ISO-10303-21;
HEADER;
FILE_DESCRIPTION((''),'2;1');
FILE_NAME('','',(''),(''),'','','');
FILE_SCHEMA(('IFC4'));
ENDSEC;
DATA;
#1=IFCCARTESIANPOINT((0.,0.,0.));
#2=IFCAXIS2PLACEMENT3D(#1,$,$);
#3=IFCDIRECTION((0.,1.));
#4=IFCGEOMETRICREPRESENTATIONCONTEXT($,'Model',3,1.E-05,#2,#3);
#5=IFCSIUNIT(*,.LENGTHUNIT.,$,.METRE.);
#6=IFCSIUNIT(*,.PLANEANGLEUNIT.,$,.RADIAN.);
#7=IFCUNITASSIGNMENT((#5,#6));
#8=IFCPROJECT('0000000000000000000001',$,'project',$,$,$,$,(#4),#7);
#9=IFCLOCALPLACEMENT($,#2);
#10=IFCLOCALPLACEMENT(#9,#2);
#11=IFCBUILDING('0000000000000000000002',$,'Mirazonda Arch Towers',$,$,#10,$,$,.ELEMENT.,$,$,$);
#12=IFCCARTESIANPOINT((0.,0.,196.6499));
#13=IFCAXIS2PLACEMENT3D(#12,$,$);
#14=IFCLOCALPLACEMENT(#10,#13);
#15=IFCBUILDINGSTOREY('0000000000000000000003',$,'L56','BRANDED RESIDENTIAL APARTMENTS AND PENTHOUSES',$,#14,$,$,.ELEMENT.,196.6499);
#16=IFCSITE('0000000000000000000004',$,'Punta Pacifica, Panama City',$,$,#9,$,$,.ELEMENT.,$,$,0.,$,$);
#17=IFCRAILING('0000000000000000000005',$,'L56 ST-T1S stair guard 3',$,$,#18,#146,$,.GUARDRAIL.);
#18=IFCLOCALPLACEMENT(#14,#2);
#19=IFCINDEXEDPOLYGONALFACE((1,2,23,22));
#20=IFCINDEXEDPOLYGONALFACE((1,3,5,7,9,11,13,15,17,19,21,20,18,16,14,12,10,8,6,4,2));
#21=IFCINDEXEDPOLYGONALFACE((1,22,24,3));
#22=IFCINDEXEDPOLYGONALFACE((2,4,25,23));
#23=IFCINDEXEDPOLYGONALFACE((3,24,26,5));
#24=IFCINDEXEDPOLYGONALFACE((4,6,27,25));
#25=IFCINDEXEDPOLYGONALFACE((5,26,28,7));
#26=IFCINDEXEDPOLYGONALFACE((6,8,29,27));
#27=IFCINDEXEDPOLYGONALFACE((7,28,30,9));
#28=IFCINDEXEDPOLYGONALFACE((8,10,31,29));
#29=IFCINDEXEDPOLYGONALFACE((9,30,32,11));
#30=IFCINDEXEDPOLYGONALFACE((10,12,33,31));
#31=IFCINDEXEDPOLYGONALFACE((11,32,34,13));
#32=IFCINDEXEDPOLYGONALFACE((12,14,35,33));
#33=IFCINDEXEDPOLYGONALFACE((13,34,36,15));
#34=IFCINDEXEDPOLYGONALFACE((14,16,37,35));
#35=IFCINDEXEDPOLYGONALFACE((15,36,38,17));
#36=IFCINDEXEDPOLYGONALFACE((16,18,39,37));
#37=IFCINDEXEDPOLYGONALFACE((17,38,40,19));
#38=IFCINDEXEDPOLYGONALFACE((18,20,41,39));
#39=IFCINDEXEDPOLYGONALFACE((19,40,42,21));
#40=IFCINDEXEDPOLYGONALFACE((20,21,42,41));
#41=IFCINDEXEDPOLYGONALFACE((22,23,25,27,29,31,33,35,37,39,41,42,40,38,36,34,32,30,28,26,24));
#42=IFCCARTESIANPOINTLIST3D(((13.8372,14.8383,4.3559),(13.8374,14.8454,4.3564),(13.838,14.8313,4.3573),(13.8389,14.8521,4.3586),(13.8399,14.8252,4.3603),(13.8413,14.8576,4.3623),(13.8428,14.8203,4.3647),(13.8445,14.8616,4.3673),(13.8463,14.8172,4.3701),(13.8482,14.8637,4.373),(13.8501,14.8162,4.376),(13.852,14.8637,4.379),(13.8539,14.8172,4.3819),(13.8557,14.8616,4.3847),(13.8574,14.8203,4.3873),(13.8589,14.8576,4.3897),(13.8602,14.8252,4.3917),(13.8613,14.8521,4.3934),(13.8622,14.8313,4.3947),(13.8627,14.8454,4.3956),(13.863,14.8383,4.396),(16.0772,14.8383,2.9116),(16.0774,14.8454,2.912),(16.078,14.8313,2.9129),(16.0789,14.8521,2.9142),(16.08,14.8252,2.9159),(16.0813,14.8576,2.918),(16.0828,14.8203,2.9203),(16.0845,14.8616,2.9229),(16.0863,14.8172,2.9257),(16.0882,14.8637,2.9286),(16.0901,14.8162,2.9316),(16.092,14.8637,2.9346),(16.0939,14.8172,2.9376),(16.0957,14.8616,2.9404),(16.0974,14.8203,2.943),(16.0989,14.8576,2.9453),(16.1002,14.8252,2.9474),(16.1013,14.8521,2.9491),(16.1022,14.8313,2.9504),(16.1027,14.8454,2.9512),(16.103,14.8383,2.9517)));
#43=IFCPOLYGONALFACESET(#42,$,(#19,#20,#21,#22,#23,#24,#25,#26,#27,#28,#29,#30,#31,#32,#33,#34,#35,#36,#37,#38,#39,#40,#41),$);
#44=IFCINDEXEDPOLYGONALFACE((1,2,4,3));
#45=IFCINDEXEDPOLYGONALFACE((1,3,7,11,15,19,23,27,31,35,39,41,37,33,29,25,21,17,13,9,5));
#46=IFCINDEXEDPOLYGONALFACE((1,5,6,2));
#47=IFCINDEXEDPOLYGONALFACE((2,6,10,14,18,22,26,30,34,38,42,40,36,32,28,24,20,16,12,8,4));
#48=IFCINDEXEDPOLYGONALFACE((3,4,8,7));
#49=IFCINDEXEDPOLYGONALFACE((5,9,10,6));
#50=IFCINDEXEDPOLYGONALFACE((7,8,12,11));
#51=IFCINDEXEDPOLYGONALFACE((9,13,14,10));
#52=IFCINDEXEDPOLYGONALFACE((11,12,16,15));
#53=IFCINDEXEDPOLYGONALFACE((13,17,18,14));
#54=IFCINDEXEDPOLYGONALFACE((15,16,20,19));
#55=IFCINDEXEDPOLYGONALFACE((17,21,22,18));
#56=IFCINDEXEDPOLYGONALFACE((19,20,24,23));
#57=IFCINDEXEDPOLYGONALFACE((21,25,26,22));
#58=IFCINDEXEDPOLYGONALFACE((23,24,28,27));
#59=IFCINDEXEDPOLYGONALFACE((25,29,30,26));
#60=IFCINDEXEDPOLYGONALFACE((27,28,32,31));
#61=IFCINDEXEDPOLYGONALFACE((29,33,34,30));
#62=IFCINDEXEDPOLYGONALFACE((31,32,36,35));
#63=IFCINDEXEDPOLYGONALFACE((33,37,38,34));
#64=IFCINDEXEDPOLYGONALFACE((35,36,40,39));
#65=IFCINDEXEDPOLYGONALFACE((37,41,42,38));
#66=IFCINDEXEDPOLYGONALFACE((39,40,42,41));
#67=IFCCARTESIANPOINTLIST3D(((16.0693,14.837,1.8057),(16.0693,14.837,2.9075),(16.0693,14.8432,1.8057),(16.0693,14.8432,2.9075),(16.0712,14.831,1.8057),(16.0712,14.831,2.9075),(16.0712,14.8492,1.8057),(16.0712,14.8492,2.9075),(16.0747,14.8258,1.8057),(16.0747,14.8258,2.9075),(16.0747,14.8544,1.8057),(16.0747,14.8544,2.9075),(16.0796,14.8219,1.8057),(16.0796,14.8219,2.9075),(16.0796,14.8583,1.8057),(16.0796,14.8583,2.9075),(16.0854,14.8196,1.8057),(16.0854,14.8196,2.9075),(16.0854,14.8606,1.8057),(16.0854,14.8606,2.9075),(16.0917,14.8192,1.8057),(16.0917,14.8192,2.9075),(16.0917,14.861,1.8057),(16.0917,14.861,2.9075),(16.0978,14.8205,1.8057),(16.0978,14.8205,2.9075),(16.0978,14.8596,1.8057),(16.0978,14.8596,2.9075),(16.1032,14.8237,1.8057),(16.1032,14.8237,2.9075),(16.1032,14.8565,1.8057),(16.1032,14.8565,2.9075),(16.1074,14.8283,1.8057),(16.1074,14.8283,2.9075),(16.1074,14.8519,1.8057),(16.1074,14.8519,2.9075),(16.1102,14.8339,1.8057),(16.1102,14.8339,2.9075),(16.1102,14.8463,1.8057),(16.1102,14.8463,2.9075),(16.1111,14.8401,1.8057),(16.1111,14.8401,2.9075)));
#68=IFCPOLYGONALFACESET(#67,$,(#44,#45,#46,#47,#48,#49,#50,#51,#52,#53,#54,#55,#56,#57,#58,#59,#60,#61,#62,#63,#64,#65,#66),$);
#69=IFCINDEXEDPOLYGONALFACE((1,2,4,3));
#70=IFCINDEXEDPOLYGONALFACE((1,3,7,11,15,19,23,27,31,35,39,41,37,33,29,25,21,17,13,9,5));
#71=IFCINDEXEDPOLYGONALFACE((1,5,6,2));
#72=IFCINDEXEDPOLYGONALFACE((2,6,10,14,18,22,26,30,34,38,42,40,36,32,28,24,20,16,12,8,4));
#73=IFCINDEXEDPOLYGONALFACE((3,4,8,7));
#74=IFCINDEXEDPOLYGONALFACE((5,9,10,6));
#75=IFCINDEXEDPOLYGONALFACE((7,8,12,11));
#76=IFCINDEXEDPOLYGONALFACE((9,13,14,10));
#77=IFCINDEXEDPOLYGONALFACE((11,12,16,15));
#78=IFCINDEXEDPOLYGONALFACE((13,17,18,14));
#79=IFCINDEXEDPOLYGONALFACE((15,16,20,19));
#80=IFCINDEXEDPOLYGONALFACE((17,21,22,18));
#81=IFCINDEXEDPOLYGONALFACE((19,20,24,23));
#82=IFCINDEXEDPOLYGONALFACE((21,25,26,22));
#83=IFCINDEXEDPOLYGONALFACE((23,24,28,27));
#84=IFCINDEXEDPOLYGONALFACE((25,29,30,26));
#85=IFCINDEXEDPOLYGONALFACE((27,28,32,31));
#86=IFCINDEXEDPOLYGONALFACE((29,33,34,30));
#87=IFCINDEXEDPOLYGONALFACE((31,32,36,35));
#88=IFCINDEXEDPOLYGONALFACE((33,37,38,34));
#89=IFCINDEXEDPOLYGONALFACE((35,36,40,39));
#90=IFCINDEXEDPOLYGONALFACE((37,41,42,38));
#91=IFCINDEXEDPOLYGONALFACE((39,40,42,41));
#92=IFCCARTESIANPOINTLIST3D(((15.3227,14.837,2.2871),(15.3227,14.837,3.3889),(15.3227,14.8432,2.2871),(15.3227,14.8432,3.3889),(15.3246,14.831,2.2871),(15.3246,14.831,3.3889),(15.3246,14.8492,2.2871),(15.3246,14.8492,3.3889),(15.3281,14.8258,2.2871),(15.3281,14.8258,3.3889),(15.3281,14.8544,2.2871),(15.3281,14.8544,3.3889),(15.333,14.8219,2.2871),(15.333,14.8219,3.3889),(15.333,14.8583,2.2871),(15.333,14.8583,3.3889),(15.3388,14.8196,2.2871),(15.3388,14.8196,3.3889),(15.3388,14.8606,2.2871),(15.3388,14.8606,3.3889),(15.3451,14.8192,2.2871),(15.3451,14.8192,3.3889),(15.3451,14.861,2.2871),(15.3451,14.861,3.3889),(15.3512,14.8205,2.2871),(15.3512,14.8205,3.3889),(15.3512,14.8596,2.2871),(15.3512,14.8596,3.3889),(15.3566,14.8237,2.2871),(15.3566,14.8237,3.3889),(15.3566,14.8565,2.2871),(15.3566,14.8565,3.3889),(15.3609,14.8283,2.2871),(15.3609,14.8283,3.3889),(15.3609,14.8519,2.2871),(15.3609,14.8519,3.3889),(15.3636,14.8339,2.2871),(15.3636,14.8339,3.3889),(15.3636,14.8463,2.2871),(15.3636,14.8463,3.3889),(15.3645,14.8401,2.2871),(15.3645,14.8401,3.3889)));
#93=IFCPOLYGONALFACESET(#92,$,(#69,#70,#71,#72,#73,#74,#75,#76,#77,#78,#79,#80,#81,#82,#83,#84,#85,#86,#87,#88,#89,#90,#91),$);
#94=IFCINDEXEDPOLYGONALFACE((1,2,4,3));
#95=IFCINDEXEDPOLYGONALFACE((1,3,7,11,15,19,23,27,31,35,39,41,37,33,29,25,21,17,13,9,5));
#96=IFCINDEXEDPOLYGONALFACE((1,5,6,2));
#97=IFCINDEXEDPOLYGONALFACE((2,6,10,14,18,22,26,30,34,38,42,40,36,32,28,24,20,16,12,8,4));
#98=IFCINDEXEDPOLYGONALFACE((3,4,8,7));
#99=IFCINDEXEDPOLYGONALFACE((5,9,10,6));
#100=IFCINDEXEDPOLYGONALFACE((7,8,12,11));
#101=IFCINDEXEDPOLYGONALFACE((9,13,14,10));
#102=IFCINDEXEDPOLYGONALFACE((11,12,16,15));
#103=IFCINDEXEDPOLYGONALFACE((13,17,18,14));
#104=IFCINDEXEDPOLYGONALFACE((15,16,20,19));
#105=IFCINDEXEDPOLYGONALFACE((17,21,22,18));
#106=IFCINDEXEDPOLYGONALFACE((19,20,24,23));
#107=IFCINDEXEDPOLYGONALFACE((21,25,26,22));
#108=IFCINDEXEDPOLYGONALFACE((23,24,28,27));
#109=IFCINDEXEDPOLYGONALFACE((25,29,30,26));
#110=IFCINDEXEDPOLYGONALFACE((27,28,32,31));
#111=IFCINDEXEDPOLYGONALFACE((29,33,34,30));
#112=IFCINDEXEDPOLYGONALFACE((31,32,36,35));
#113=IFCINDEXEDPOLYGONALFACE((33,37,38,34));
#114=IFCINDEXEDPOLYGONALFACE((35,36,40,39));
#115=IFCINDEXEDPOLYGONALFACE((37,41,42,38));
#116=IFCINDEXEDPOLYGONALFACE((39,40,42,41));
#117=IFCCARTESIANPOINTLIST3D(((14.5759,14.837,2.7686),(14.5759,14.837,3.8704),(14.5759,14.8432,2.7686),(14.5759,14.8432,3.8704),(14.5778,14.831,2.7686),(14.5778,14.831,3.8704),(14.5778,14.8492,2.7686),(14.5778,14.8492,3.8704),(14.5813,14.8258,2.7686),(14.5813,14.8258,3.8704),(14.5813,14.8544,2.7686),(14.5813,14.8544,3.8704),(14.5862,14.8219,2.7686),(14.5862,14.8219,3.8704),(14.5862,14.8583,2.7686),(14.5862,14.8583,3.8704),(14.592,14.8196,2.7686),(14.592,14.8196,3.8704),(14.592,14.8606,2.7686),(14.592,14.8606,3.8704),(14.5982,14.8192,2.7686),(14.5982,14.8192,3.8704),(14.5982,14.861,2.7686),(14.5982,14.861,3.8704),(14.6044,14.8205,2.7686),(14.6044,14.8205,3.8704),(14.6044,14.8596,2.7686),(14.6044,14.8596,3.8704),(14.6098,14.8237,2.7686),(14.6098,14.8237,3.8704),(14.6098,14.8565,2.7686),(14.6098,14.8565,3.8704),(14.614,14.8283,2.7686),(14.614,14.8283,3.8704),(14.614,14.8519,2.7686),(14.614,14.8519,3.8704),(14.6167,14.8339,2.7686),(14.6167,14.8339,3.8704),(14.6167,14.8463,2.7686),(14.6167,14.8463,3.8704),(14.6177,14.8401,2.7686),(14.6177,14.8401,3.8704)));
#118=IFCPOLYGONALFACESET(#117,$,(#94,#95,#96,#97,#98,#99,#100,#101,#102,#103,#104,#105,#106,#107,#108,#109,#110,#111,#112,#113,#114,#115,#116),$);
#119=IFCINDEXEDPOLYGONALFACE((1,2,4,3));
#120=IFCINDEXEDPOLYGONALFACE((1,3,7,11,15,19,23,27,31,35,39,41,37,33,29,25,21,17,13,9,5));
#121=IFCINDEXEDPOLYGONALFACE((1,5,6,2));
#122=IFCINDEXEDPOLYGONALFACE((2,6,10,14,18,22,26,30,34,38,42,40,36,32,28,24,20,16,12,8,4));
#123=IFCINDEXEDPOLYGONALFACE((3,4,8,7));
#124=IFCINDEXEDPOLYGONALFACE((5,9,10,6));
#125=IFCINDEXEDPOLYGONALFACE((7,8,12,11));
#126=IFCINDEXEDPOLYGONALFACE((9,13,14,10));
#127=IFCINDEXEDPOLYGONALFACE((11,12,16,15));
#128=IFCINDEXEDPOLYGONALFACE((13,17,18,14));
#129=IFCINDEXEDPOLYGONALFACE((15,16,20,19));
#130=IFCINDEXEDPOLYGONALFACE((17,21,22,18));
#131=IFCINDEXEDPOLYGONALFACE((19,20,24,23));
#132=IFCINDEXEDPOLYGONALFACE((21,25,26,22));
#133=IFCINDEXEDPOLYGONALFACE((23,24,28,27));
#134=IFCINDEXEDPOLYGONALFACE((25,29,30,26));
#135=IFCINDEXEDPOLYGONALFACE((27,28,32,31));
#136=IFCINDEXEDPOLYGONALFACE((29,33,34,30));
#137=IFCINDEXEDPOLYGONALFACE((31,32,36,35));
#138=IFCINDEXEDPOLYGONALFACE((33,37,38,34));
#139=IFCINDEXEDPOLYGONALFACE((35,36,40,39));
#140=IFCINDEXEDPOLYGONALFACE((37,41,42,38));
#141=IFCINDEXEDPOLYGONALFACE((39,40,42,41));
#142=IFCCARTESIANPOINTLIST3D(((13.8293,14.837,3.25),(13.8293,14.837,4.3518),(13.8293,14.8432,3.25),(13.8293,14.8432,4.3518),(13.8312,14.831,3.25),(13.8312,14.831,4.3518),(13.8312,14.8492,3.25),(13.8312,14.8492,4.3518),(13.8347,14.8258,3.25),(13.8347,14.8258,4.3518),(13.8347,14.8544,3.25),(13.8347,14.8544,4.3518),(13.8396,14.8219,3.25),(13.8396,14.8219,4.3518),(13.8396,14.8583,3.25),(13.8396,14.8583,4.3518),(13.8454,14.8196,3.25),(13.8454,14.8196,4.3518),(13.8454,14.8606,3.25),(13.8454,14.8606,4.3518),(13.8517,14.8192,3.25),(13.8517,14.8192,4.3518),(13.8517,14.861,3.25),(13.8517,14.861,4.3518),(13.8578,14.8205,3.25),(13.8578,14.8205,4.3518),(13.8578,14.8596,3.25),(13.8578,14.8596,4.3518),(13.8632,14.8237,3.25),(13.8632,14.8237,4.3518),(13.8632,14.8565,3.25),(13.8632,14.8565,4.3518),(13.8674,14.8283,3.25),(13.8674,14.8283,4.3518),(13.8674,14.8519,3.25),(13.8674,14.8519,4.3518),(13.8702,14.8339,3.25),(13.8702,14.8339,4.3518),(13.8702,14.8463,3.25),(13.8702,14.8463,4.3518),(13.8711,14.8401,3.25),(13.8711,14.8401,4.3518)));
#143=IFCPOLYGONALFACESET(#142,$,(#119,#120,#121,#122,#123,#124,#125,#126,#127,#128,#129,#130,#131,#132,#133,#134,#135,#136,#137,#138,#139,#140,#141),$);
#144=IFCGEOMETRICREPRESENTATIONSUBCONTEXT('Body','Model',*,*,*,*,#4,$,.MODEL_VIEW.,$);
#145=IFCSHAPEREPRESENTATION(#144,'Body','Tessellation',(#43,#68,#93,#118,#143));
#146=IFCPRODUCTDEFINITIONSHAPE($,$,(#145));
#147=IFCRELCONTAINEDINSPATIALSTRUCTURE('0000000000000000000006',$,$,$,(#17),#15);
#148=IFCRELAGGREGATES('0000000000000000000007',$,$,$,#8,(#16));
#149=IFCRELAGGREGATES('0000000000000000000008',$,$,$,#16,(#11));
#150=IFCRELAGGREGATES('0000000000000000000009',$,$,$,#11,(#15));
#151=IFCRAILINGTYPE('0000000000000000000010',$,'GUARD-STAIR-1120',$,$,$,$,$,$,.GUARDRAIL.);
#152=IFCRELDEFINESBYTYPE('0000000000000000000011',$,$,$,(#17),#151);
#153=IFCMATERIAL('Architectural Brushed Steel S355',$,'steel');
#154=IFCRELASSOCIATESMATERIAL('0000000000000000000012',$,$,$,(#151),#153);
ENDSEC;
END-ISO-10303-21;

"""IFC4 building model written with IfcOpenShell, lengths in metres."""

from ifc_helpers import new_model, si_unit, direction, frame, origin, origin_2d, place, context, subcontext, project, spatial, circle, extrude, material, type_object, element, save


model = new_model("IFC4")

# Units and contexts
model_context = context("Model", 3, precision=1e-05, world=origin(), true_north=direction((0.0, 1.0)))
body_context = subcontext(model_context, "Body", "Model", "MODEL_VIEW")
ifc_project = project(units=[si_unit("LENGTHUNIT", "METRE"), si_unit("PLANEANGLEUNIT", "RADIAN")], contexts=[model_context])

# Site, building, storey
site_placement = place(None, origin())
site = spatial("IfcSite", under=ifc_project, at=site_placement, Name="Punta Pacifica, Panama City", CompositionType="ELEMENT", RefElevation=0.0)
building_placement = place(site_placement, origin())
building = spatial("IfcBuilding", under=site, at=building_placement, Name="Mirazonda Arch Towers", CompositionType="ELEMENT")
storey_placement = place(building_placement, frame((0.0, 0.0, 196.6499)))
storey = spatial("IfcBuildingStorey", under=building, at=storey_placement, Name="L56", Description="BRANDED RESIDENTIAL APARTMENTS AND PENTHOUSES", CompositionType="ELEMENT", Elevation=196.6499)

# Shared definitions
ifc_material_1 = material(Name="Architectural Brushed Steel S355", Category="steel")

# Railing
railing_type_1 = type_object("IfcRailingType", Name="GUARD-STAIR-1120", PredefinedType="GUARDRAIL", material=ifc_material_1)
railing_1_placement = place(storey_placement, frame((16.0901, 14.8401, 1.8057)))
element("IfcRailing", 1, at=railing_1_placement, inside=storey, type_object=railing_type_1, Name="L56 ST-T1S stair guard 3", PredefinedType="GUARDRAIL", context=body_context, shape_type="SweptSolid", body=[
    extrude(circle(Radius=0.0239, at=origin_2d()), frame((0.0, 0.0, 1.126), z_axis=(-0.840437, 0.0, 0.54191), x_axis=(0.0, -1.0, 0.0)), (0.0, 0.0, 1.0), 2.6653),
    extrude(circle(Radius=0.021, at=origin_2d()), origin(), (0.0, 0.0, 1.0), 1.1018),
    extrude(circle(Radius=0.021, at=origin_2d()), frame((-0.7466, 0.0, 0.4814)), (0.0, 0.0, 1.0), 1.1018),
    extrude(circle(Radius=0.021, at=origin_2d()), frame((-1.4934, 0.0, 0.9629)), (0.0, 0.0, 1.0), 1.1018),
    extrude(circle(Radius=0.021, at=origin_2d()), frame((-2.24, 0.0, 1.4443)), (0.0, 0.0, 1.0), 1.1018),
])

save(model, "model.ifc")
